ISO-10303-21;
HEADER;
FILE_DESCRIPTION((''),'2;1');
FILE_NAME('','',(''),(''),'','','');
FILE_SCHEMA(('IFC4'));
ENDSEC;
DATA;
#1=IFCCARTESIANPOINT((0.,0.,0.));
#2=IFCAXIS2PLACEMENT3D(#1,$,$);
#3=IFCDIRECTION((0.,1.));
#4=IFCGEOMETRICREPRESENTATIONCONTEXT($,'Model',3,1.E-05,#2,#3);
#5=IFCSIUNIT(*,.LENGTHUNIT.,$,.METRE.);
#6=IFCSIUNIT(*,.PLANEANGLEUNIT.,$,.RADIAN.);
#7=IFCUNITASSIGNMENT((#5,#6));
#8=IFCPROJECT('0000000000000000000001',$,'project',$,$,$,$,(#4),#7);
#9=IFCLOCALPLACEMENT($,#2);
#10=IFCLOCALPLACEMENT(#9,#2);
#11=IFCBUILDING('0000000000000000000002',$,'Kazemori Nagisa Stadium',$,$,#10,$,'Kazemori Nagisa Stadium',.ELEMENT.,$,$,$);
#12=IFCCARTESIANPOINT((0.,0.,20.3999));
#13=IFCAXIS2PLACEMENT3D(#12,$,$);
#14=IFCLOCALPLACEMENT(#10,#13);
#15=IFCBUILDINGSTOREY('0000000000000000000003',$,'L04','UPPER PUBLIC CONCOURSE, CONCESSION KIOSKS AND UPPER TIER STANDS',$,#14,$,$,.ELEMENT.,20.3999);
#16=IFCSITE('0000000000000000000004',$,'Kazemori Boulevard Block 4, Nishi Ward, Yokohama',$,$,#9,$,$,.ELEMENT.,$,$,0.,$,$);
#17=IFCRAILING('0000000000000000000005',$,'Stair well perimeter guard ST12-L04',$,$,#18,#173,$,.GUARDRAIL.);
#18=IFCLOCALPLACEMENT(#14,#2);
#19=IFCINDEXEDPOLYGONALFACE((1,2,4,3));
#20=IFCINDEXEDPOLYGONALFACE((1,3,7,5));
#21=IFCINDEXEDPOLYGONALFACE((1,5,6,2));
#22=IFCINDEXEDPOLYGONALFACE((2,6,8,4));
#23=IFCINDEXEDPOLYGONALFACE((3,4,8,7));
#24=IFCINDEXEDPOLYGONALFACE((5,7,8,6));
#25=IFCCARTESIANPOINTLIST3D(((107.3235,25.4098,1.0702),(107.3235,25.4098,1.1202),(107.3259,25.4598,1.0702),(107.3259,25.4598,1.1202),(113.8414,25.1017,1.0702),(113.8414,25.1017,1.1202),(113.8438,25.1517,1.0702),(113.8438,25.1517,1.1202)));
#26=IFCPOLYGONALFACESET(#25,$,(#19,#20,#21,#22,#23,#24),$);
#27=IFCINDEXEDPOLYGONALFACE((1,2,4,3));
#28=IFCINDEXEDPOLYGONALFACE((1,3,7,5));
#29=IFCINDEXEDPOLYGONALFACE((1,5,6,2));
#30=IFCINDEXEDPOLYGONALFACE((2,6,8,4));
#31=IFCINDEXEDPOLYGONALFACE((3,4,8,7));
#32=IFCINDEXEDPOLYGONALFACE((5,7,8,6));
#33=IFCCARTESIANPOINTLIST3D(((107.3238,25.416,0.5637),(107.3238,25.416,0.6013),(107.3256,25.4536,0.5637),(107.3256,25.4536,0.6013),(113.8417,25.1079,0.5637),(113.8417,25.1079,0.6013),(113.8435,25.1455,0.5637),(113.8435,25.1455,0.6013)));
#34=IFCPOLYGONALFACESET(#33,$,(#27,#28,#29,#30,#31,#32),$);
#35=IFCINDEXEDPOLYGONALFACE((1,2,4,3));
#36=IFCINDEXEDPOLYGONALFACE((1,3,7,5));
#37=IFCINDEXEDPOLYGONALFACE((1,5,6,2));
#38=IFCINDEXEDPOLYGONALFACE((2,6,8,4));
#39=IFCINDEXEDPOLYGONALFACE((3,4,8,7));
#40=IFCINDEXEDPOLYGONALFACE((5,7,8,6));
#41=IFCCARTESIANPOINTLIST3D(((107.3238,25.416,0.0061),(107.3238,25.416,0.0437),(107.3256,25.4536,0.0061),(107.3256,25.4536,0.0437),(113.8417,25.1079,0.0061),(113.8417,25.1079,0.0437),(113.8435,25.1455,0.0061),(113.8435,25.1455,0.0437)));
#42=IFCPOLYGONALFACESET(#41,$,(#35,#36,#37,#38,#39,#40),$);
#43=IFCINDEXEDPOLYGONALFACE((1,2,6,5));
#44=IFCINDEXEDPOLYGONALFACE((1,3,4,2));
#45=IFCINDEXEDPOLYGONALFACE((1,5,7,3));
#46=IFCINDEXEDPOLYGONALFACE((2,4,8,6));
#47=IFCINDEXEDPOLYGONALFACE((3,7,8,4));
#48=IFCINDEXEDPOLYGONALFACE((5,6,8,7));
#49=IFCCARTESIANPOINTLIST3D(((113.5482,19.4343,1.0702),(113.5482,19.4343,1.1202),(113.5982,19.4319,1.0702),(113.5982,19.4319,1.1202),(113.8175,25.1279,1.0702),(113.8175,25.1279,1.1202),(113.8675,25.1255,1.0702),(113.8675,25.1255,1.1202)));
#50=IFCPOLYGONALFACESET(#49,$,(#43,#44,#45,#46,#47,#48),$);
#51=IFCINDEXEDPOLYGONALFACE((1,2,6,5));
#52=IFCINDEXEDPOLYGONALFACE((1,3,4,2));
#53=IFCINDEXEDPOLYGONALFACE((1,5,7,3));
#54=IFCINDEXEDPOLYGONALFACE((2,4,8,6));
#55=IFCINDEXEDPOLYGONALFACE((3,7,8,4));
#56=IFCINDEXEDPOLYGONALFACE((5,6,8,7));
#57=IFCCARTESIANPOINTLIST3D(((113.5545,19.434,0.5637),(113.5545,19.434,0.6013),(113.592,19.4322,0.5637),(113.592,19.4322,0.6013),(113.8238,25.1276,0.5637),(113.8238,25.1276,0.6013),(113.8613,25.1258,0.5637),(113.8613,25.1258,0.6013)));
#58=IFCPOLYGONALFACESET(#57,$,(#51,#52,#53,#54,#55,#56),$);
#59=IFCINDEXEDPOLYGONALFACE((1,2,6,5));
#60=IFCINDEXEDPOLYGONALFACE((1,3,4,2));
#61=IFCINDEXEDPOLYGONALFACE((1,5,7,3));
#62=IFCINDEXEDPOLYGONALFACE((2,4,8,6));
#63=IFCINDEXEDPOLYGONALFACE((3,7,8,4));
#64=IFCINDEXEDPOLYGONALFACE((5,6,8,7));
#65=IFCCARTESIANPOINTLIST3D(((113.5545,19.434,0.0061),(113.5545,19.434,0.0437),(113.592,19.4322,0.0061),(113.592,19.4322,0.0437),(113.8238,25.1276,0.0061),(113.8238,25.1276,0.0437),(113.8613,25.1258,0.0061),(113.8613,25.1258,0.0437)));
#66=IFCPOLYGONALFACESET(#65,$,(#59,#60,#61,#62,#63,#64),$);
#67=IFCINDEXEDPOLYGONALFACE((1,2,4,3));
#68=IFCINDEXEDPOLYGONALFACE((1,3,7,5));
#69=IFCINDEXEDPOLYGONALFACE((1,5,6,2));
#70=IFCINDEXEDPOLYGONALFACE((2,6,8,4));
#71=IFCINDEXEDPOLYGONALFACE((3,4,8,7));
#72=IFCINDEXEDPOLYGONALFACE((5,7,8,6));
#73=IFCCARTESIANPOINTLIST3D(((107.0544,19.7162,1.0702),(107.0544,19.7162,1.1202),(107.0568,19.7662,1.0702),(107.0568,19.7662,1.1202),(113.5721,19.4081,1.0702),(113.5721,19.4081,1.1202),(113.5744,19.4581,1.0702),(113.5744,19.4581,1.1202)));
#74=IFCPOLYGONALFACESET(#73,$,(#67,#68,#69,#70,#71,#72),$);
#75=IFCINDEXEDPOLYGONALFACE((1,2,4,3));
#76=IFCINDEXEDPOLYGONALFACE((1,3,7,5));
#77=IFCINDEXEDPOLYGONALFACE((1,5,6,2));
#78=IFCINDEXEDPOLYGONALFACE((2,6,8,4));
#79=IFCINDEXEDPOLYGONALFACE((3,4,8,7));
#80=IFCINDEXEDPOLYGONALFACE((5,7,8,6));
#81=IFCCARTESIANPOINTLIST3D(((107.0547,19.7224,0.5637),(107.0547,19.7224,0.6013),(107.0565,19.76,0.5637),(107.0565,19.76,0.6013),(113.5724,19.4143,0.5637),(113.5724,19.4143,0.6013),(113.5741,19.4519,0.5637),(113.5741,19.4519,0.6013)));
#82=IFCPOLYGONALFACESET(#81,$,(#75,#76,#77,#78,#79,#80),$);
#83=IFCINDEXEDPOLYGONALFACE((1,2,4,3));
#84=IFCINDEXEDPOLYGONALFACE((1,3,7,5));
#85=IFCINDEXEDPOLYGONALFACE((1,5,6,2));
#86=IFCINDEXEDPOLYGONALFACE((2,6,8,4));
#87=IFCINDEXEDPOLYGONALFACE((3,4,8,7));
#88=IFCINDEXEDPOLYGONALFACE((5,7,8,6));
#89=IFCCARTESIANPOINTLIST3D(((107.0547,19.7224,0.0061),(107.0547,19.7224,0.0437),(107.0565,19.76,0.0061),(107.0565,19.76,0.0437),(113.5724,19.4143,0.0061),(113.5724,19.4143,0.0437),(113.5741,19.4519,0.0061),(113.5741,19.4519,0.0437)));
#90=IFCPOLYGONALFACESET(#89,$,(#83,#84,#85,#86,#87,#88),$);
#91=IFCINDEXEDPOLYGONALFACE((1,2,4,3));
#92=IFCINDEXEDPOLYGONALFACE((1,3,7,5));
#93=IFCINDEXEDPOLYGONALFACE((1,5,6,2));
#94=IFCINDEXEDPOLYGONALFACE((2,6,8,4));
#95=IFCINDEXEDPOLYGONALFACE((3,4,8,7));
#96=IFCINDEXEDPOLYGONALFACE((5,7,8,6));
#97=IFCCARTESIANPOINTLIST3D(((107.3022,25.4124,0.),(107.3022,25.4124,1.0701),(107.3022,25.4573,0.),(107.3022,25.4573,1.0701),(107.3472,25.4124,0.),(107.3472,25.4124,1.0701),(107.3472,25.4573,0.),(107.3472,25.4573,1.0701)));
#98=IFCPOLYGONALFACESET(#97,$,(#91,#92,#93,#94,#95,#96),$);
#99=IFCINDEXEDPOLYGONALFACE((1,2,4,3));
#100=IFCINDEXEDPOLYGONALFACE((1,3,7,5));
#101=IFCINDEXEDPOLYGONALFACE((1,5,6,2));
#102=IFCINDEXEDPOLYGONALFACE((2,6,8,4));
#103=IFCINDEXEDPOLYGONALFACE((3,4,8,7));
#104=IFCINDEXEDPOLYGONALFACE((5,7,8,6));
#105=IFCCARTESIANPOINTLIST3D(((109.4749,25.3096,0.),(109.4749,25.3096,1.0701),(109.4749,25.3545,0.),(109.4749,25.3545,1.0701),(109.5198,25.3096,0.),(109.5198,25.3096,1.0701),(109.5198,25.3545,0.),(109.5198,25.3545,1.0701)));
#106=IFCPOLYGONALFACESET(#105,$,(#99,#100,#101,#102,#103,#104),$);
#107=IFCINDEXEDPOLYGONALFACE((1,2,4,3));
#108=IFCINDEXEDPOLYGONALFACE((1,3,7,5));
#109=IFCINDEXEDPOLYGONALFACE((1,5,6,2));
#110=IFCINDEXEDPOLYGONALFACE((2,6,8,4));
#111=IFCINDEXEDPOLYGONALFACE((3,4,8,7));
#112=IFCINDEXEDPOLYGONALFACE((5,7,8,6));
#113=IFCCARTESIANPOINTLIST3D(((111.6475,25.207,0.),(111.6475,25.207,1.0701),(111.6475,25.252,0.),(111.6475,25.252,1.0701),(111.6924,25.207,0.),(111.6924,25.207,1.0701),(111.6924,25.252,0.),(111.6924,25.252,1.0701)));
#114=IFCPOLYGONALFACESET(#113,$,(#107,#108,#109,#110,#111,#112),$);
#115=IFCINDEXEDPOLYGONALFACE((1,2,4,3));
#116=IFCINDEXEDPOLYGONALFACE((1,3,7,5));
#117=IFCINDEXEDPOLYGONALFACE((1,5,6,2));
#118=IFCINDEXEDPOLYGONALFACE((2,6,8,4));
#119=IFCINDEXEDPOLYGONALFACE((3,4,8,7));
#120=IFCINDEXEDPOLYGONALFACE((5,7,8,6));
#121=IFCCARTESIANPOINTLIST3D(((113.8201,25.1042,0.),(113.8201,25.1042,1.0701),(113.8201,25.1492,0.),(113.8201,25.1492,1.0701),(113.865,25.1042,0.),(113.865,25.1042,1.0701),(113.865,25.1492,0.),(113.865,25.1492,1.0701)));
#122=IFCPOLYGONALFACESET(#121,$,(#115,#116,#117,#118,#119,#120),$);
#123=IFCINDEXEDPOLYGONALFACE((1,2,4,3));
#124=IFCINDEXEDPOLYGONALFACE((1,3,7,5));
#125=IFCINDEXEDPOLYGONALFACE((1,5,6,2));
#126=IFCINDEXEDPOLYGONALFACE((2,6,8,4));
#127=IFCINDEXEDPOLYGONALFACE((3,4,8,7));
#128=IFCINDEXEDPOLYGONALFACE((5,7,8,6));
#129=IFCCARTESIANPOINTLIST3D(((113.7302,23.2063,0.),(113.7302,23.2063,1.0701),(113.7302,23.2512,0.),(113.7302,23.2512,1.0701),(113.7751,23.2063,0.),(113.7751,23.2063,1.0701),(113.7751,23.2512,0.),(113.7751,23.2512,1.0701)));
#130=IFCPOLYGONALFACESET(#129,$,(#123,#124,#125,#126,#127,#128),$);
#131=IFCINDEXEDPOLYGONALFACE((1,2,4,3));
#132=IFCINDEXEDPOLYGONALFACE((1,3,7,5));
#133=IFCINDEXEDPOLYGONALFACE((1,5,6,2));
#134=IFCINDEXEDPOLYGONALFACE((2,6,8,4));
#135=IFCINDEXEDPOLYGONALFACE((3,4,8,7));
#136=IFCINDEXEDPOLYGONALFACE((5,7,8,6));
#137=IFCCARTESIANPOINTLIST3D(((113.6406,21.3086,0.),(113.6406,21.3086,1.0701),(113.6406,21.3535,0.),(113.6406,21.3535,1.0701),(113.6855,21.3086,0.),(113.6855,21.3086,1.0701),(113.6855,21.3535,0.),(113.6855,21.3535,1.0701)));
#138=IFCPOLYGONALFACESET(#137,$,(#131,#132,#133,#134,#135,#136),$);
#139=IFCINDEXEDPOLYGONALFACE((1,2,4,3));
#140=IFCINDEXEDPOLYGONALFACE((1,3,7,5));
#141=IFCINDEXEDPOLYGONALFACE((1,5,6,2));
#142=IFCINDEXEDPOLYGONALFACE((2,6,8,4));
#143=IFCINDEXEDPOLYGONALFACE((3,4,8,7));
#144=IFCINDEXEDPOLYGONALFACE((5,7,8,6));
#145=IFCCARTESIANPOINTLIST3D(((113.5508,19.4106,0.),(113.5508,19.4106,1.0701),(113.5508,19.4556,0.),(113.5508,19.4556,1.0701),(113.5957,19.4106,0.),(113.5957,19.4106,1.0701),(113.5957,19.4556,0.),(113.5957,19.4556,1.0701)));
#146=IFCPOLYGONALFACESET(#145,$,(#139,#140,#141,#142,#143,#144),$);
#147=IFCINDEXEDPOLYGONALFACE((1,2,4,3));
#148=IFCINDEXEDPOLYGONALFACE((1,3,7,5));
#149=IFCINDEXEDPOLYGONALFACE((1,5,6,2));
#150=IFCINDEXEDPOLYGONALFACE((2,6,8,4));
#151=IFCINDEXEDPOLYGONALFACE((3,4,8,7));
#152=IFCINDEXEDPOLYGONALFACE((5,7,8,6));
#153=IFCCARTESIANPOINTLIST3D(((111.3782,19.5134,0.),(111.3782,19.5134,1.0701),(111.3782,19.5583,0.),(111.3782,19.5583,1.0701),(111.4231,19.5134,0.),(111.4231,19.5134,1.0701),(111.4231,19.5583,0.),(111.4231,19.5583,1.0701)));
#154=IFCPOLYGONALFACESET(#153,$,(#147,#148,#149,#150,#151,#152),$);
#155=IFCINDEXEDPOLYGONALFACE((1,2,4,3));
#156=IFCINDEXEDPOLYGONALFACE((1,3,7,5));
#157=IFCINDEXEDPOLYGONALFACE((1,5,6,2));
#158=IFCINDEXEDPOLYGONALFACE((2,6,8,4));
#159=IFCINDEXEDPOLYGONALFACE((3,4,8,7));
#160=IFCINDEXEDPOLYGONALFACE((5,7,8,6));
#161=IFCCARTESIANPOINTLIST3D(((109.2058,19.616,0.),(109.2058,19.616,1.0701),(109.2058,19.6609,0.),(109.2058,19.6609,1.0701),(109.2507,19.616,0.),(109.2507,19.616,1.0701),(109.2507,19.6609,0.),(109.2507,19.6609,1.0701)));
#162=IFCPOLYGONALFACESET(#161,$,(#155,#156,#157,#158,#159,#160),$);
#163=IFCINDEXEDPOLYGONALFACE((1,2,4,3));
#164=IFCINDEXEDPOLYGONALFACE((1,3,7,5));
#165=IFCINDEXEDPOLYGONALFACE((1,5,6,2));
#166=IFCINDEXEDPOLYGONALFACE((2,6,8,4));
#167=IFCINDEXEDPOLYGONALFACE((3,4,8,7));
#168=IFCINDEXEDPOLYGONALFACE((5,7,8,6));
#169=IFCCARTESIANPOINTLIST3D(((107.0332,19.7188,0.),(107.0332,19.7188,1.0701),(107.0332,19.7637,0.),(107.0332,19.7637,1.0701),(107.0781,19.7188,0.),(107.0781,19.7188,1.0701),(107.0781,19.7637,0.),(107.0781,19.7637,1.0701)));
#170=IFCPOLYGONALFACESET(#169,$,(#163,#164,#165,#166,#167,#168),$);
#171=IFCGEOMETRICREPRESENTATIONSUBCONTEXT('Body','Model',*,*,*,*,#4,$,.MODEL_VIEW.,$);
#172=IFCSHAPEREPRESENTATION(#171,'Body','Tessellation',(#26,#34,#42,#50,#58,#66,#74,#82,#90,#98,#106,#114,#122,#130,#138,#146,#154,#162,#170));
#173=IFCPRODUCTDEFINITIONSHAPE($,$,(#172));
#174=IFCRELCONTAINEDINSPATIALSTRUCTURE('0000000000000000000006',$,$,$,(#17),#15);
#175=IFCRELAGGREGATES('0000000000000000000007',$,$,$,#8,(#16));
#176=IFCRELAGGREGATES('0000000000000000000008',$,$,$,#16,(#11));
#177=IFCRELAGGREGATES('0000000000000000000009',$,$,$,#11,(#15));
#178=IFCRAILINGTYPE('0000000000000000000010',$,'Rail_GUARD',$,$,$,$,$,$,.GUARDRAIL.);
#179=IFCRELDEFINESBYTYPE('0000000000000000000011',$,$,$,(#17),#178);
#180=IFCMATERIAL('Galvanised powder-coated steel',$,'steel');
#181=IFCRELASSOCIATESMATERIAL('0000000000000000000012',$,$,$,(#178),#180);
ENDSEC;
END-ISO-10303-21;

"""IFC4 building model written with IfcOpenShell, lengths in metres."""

from ifc_helpers import new_model, si_unit, direction, frame, origin, origin_2d, place, context, subcontext, project, spatial, rectangle, extrude, material, type_object, element, save


model = new_model("IFC4")

# Units and contexts
model_context = context("Model", 3, precision=1e-05, world=origin(), true_north=direction((0.0, 1.0)))
body_context = subcontext(model_context, "Body", "Model", "MODEL_VIEW")
ifc_project = project(units=[si_unit("LENGTHUNIT", "METRE"), si_unit("PLANEANGLEUNIT", "RADIAN")], contexts=[model_context])

# Site, building, storey
site_placement = place(None, origin())
site = spatial("IfcSite", under=ifc_project, at=site_placement, Name="Kazemori Boulevard Block 4, Nishi Ward, Yokohama", CompositionType="ELEMENT", RefElevation=0.0)
building_placement = place(site_placement, origin())
building = spatial("IfcBuilding", under=site, at=building_placement, Name="Kazemori Nagisa Stadium", LongName="Kazemori Nagisa Stadium", CompositionType="ELEMENT")
storey_placement = place(building_placement, frame((0.0, 0.0, 20.3999)))
storey = spatial("IfcBuildingStorey", under=building, at=storey_placement, Name="L04", Description="UPPER PUBLIC CONCOURSE, CONCESSION KIOSKS AND UPPER TIER STANDS", CompositionType="ELEMENT", Elevation=20.3999)

# Railing
ifc_material_1 = material(Name="Galvanised powder-coated steel", Category="steel")
railing_type_1 = type_object("IfcRailingType", Name="Rail_GUARD", PredefinedType="GUARDRAIL", material=ifc_material_1)
railing_1_placement = place(storey_placement, frame((107.3247, 25.4348, 0.0)))
element("IfcRailing", 1, at=railing_1_placement, inside=storey, type_object=railing_type_1, Name="Stair well perimeter guard ST12-L04", PredefinedType="GUARDRAIL", context=body_context, shape_type="SweptSolid", body=[
    extrude(rectangle(XDim=0.05, YDim=0.05, at=origin_2d()), frame((0.0, 0.0, 1.0952), z_axis=(0.998885, -0.047219, 0.0), x_axis=(0.047219, 0.998885, 0.0)), (0.0, 0.0, 1.0), 6.5251),
    extrude(rectangle(XDim=0.0376, YDim=0.0376, at=origin_2d()), frame((0.0, 0.0, 0.5825), z_axis=(0.998885, -0.047219, 0.0), x_axis=(0.047219, 0.998885, 0.0)), (0.0, 0.0, 1.0), 6.5251),
    extrude(rectangle(XDim=0.0376, YDim=0.0376, at=origin_2d()), frame((0.0, 0.0, 0.0249), z_axis=(0.998885, -0.047219, 0.0), x_axis=(0.047219, 0.998885, 0.0)), (0.0, 0.0, 1.0), 6.5251),
    extrude(rectangle(XDim=0.05, YDim=0.05, at=origin_2d()), frame((6.5178, -0.3081, 1.0952), z_axis=(-0.047244, -0.998883, 0.0), x_axis=(0.998883, -0.047244, 0.0)), (0.0, 0.0, 1.0), 5.7),
    extrude(rectangle(XDim=0.0376, YDim=0.0376, at=origin_2d()), frame((6.5178, -0.3081, 0.5825), z_axis=(-0.047244, -0.998883, 0.0), x_axis=(0.998883, -0.047244, 0.0)), (0.0, 0.0, 1.0), 5.7),
    extrude(rectangle(XDim=0.0376, YDim=0.0376, at=origin_2d()), frame((6.5178, -0.3081, 0.0249), z_axis=(-0.047244, -0.998883, 0.0), x_axis=(0.998883, -0.047244, 0.0)), (0.0, 0.0, 1.0), 5.7),
    extrude(rectangle(XDim=0.05, YDim=0.05, at=origin_2d()), frame((6.2485, -6.0017, 1.0952), z_axis=(-0.998885, 0.04722, 0.0), x_axis=(-0.04722, -0.998885, 0.0)), (0.0, 0.0, 1.0), 6.5249),
    extrude(rectangle(XDim=0.0376, YDim=0.0376, at=origin_2d()), frame((6.2485, -6.0017, 0.5825), z_axis=(-0.998885, 0.04722, 0.0), x_axis=(-0.04722, -0.998885, 0.0)), (0.0, 0.0, 1.0), 6.5249),
    extrude(rectangle(XDim=0.0376, YDim=0.0376, at=origin_2d()), frame((6.2485, -6.0017, 0.0249), z_axis=(-0.998885, 0.04722, 0.0), x_axis=(-0.04722, -0.998885, 0.0)), (0.0, 0.0, 1.0), 6.5249),
    extrude(rectangle(XDim=0.0449, YDim=0.0449, at=origin_2d()), origin(), (0.0, 0.0, 1.0), 1.0701),
    extrude(rectangle(XDim=0.0449, YDim=0.0449, at=origin_2d()), frame((2.1726, -0.1028, 0.0)), (0.0, 0.0, 1.0), 1.0701),
    extrude(rectangle(XDim=0.0449, YDim=0.0449, at=origin_2d()), frame((4.3452, -0.2053, 0.0)), (0.0, 0.0, 1.0), 1.0701),
    extrude(rectangle(XDim=0.0449, YDim=0.0449, at=origin_2d()), frame((6.5178, -0.3081, 0.0)), (0.0, 0.0, 1.0), 1.0701),
    extrude(rectangle(XDim=0.0449, YDim=0.0449, at=origin_2d()), frame((6.428, -2.2061, 0.0)), (0.0, 0.0, 1.0), 1.0701),
    extrude(rectangle(XDim=0.0449, YDim=0.0449, at=origin_2d()), frame((6.3384, -4.1038, 0.0)), (0.0, 0.0, 1.0), 1.0701),
    extrude(rectangle(XDim=0.0449, YDim=0.0449, at=origin_2d()), frame((6.2485, -6.0017, 0.0)), (0.0, 0.0, 1.0), 1.0701),
    extrude(rectangle(XDim=0.0449, YDim=0.0449, at=origin_2d()), frame((4.0759, -5.8989, 0.0)), (0.0, 0.0, 1.0), 1.0701),
    extrude(rectangle(XDim=0.0449, YDim=0.0449, at=origin_2d()), frame((1.9036, -5.7964, 0.0)), (0.0, 0.0, 1.0), 1.0701),
    extrude(rectangle(XDim=0.0449, YDim=0.0449, at=origin_2d()), frame((-0.269, -5.6936, 0.0)), (0.0, 0.0, 1.0), 1.0701),
])

save(model, "model.ifc")
